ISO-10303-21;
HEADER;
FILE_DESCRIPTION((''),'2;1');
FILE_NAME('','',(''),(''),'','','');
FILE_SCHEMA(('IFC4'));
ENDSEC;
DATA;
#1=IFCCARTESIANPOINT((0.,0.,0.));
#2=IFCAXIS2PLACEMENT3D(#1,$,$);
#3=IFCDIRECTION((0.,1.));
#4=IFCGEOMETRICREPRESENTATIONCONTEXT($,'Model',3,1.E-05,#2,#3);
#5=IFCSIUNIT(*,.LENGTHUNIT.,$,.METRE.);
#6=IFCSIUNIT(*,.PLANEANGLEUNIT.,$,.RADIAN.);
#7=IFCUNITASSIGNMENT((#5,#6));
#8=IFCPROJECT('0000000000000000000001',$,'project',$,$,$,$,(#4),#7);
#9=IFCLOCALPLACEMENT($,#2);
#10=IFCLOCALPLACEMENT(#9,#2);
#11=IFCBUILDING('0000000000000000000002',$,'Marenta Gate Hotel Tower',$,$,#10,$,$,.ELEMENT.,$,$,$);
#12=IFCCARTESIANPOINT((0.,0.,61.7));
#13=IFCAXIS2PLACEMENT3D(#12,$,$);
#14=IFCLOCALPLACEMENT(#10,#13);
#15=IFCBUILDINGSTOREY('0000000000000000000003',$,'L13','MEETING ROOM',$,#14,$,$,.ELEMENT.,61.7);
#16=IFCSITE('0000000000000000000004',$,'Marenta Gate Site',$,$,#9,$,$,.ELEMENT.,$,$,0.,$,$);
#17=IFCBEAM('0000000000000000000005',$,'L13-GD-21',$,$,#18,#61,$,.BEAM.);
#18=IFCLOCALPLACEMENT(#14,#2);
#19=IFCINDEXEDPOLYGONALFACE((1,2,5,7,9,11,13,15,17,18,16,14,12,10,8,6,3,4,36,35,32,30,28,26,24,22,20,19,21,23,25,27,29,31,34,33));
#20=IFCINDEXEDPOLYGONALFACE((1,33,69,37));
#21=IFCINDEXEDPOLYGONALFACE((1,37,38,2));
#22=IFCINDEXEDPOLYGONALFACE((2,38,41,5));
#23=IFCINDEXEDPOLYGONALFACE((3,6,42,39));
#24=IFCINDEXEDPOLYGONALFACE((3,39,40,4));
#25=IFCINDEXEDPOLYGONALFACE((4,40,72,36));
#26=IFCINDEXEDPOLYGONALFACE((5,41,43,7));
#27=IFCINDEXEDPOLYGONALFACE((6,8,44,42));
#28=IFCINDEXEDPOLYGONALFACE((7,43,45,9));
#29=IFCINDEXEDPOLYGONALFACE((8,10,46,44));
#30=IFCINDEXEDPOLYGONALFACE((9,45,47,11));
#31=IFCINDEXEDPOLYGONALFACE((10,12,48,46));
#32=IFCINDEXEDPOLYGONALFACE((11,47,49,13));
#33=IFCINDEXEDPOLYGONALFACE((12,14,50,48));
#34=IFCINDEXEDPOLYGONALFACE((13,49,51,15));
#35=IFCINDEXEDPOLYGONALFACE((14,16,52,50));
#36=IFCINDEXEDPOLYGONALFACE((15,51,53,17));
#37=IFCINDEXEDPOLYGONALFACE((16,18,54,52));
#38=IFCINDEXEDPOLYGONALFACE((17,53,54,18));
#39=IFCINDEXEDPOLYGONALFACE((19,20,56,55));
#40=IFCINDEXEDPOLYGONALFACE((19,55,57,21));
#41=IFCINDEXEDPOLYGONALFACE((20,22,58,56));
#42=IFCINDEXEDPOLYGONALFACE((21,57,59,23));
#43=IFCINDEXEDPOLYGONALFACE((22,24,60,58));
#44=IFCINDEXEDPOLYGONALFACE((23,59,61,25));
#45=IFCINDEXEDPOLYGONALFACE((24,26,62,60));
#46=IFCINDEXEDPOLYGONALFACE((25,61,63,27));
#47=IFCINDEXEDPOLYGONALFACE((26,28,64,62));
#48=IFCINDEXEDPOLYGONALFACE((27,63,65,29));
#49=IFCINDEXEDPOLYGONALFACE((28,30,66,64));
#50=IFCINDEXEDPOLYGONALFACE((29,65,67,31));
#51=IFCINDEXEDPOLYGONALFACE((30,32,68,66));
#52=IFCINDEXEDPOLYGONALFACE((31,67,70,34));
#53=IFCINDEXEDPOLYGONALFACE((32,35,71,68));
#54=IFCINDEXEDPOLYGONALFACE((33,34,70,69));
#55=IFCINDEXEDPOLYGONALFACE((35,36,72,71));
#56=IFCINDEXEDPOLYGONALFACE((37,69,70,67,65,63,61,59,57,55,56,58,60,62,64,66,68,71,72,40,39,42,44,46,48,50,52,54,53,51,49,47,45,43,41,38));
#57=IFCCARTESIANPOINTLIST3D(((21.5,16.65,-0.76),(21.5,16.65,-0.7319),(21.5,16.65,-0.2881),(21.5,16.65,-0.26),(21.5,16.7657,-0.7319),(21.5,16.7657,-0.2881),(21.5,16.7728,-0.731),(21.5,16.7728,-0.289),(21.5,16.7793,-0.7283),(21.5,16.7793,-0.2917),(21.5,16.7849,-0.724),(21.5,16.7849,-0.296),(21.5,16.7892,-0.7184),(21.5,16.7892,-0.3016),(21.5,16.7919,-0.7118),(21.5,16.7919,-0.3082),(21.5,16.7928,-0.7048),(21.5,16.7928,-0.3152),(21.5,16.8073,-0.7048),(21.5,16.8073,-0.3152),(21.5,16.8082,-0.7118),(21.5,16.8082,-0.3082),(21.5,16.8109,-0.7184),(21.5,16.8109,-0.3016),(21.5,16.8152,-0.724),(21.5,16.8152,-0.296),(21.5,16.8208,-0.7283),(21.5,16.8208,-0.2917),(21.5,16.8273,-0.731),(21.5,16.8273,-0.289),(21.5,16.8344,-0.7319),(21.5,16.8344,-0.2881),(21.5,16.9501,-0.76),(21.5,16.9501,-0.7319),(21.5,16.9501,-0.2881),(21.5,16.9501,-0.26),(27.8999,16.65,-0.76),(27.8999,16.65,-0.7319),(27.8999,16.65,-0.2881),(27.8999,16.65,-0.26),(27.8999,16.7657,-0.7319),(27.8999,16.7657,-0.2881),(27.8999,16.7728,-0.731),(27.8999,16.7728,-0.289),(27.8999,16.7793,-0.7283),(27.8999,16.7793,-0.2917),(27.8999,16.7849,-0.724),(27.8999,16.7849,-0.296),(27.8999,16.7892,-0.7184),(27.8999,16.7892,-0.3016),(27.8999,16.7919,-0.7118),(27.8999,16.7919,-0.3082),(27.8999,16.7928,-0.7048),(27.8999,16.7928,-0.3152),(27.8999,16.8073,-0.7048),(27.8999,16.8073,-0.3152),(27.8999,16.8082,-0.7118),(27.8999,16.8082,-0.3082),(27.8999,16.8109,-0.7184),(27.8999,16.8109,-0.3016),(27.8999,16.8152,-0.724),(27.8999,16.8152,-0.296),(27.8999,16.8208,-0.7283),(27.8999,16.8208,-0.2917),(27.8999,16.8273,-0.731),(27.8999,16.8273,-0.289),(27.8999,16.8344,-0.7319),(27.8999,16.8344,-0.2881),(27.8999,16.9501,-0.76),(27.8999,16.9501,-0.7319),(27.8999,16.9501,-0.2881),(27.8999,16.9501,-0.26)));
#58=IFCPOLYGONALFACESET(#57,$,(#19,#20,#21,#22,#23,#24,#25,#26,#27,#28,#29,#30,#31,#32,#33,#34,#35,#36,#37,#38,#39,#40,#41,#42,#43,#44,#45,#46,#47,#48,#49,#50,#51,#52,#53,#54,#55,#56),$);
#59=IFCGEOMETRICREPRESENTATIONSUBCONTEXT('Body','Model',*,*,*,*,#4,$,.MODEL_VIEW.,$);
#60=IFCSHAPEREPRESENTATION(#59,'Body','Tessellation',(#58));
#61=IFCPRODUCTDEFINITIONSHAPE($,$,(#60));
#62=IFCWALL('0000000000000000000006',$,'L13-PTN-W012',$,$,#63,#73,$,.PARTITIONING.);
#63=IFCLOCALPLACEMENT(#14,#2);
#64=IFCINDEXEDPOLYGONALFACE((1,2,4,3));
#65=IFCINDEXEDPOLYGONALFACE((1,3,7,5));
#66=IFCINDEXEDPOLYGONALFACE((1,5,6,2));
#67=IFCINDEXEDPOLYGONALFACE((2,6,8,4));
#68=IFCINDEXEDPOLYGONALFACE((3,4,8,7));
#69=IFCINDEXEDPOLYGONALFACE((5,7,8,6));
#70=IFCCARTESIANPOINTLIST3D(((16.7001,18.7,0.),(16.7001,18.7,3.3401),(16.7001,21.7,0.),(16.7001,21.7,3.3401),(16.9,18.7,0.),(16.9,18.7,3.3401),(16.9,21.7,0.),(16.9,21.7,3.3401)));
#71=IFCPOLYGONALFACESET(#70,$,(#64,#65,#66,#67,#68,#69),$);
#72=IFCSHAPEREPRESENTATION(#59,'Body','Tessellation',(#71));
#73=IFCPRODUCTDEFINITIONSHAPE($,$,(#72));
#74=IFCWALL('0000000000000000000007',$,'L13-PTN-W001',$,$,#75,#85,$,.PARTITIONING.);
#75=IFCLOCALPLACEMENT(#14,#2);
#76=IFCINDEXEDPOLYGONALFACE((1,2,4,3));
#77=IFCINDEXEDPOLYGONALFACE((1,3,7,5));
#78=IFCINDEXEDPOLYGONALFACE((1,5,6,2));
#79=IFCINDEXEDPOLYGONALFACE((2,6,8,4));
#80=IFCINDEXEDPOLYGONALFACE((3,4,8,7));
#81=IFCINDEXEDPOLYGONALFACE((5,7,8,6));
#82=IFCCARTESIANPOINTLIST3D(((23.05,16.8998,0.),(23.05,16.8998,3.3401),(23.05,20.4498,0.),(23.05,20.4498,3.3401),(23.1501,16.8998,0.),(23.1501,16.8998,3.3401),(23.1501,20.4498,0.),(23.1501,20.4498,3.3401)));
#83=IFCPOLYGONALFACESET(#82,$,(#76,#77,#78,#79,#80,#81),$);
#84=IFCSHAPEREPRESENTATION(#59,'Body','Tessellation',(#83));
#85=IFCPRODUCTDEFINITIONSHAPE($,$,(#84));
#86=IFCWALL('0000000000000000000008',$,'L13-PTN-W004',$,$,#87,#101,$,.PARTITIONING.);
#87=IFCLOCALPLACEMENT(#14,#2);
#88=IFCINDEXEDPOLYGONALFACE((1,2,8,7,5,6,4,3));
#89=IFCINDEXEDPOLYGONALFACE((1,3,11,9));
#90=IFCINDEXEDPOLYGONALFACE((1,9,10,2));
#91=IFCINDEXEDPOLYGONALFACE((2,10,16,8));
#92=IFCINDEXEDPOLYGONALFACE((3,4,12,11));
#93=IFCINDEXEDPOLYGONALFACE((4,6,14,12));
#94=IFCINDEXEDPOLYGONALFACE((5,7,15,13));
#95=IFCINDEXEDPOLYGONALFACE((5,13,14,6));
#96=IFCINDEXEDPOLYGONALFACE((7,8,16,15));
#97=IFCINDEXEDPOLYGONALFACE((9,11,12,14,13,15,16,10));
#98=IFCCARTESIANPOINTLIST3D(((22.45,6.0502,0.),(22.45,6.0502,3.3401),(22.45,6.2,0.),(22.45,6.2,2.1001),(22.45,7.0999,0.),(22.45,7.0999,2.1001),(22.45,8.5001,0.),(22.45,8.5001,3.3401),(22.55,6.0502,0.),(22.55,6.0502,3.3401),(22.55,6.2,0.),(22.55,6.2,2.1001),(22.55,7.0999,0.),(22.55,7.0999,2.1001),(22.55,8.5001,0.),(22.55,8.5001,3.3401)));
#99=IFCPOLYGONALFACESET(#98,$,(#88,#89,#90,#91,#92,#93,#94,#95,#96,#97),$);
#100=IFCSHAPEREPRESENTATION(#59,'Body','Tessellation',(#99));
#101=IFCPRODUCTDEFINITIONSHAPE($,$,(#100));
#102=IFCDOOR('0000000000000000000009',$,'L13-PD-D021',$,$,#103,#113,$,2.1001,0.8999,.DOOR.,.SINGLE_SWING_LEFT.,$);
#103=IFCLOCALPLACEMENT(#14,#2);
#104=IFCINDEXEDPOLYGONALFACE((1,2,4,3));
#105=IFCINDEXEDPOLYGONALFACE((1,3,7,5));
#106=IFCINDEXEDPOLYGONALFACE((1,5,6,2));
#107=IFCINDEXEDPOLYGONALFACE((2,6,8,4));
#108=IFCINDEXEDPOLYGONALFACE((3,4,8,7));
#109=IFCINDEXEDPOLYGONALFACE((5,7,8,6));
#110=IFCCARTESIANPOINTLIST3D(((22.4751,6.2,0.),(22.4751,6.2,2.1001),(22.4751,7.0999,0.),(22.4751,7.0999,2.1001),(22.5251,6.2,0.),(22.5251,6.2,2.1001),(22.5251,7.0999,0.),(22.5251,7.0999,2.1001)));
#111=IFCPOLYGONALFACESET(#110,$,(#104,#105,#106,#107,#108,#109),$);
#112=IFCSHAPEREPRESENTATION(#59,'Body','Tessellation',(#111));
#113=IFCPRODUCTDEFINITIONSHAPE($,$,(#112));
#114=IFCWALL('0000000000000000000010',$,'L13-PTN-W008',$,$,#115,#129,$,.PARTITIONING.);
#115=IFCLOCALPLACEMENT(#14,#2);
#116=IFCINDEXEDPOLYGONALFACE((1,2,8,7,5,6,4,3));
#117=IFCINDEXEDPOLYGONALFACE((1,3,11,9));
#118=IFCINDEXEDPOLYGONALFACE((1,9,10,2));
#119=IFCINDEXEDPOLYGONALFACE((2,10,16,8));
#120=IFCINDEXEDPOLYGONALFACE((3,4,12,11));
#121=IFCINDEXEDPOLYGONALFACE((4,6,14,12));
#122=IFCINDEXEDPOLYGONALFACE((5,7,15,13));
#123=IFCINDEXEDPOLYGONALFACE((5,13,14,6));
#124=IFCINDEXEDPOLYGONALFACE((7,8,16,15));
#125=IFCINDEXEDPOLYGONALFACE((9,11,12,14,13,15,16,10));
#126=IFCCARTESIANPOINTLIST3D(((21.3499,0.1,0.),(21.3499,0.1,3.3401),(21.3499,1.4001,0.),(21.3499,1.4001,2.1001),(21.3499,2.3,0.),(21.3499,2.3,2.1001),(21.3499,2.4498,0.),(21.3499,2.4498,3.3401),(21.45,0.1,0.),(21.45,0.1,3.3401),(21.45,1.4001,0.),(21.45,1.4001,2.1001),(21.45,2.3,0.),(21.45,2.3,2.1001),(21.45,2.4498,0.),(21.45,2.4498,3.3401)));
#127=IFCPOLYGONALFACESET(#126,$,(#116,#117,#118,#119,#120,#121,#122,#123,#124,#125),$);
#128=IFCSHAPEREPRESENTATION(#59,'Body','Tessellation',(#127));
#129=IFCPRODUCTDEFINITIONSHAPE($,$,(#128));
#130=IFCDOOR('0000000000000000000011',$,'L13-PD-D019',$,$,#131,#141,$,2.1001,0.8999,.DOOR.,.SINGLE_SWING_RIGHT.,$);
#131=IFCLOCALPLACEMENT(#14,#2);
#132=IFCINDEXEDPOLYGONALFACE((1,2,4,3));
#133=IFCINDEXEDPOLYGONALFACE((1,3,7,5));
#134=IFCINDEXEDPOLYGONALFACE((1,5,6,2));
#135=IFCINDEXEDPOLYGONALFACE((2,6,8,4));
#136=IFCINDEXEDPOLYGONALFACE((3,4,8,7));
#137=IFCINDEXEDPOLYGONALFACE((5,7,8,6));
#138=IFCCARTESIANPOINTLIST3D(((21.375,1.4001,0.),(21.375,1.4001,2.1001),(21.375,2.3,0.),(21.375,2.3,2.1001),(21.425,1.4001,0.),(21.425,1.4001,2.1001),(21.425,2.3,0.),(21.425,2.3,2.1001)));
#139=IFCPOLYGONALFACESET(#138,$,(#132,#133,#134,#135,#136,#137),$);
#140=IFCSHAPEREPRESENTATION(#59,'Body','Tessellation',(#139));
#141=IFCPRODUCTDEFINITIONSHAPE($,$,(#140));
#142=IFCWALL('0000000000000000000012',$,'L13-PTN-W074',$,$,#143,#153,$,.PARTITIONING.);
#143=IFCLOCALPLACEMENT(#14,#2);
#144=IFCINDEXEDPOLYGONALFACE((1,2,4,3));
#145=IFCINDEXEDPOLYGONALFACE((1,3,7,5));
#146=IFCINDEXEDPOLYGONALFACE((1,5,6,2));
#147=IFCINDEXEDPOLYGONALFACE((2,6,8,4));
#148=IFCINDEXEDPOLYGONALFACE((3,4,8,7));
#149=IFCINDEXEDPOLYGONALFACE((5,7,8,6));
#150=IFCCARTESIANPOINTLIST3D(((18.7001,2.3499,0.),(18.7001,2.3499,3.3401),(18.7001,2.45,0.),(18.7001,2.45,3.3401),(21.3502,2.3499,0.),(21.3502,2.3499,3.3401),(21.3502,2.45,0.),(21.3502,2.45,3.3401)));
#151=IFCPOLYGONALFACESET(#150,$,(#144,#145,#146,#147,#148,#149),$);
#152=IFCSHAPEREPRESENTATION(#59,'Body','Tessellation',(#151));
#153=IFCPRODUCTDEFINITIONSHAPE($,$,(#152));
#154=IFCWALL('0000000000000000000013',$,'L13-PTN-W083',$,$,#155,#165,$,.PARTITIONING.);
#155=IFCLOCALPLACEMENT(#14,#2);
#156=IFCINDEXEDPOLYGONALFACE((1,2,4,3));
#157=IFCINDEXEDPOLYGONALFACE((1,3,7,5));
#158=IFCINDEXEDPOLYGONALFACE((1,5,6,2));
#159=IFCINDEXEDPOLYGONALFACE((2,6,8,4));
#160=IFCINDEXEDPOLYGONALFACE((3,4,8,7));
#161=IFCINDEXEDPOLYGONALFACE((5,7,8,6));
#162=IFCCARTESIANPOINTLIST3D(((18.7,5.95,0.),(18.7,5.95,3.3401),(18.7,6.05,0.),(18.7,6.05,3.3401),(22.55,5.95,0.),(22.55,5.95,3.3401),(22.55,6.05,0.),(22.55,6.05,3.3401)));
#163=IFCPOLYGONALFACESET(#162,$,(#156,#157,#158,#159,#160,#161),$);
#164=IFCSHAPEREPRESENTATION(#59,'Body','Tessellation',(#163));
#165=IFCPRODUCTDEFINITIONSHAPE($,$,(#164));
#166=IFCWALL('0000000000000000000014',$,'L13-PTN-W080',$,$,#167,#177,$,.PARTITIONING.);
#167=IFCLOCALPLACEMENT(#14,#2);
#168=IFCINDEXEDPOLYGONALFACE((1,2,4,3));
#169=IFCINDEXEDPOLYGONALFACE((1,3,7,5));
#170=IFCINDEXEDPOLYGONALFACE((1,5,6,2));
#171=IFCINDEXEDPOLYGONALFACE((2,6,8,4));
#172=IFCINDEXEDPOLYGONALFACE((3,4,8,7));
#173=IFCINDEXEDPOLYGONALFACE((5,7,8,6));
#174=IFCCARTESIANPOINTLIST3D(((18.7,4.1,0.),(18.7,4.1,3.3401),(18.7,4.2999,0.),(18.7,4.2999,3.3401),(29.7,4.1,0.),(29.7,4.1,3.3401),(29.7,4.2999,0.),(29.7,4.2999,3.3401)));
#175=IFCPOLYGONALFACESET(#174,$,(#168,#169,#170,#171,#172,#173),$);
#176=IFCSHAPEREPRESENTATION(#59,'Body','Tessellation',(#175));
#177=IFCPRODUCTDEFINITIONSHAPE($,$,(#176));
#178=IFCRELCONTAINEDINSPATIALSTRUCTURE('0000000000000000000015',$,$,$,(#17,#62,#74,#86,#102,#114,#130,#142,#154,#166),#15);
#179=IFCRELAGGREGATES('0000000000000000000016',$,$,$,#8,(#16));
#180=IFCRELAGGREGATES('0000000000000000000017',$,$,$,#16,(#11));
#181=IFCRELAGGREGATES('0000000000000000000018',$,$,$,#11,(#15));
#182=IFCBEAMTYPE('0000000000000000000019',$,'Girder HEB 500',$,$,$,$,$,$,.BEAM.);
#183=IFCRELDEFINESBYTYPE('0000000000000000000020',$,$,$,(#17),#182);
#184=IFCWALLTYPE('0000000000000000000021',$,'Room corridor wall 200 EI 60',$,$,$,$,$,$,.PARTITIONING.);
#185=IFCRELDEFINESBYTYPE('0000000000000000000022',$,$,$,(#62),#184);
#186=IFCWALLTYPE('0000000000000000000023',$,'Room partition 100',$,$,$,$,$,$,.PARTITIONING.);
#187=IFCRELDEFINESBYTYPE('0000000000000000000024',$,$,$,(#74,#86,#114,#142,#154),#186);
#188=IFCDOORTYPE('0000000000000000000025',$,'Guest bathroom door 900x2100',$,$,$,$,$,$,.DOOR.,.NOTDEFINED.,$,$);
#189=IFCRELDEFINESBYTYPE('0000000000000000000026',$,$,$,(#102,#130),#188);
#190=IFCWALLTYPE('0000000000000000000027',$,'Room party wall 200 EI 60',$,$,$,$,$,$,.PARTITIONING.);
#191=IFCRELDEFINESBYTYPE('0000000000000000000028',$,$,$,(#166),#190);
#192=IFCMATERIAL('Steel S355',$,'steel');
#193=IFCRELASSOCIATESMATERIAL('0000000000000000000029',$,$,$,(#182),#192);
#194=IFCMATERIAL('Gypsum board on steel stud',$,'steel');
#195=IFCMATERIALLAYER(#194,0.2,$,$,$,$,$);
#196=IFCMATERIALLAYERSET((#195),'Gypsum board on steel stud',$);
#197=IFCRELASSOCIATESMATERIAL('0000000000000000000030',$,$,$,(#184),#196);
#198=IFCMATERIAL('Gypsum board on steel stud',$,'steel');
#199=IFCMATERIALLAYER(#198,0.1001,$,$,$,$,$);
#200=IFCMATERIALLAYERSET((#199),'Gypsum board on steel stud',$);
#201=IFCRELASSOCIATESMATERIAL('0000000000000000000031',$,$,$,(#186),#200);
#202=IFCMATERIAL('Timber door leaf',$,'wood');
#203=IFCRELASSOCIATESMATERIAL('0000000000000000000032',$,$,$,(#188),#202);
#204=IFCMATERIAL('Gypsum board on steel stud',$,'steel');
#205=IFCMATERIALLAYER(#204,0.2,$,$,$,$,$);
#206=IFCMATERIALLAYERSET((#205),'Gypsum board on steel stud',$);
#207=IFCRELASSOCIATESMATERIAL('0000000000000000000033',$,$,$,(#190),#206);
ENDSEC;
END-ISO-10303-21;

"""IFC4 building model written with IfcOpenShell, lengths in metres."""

from ifc_helpers import new_model, si_unit, direction, frame, frame_2d, origin, origin_2d, place, context, subcontext, project, spatial, rectangle, i_section, extrude, material, layer, layer_set, material_profile, profile_set, type_object, element, fill, save


model = new_model("IFC4")

# Units and contexts
model_context = context("Model", 3, precision=1e-05, world=origin(), true_north=direction((0.0, 1.0)))
body_context = subcontext(model_context, "Body", "Model", "MODEL_VIEW")
ifc_project = project(units=[si_unit("LENGTHUNIT", "METRE"), si_unit("PLANEANGLEUNIT", "RADIAN")], contexts=[model_context])

# Site, building, storey
site_placement = place(None, origin())
site = spatial("IfcSite", under=ifc_project, at=site_placement, Name="Marenta Gate Site", CompositionType="ELEMENT", RefElevation=0.0)
building_placement = place(site_placement, origin())
building = spatial("IfcBuilding", under=site, at=building_placement, Name="Marenta Gate Hotel Tower", CompositionType="ELEMENT")
storey_placement = place(building_placement, frame((0.0, 0.0, 61.7)))
storey = spatial("IfcBuildingStorey", under=building, at=storey_placement, Name="L13", Description="MEETING ROOM", CompositionType="ELEMENT", Elevation=61.7)

# Beam
ifc_material_1 = material(Name="Steel S355", Category="steel")
ifc_material_profile_1 = material_profile(ifc_material_1, i_section(OverallWidth=0.3, OverallDepth=0.5, WebThickness=0.0144, FlangeThickness=0.0281, FilletRadius=0.0271, at=origin_2d()), Name="HEB 500")
ifc_profile_set_1 = profile_set([ifc_material_profile_1], Name="Steel S355")
beam_type_1 = type_object("IfcBeamType", Name="Girder HEB 500", PredefinedType="BEAM", material=ifc_profile_set_1)
beam_1_placement = place(storey_placement, frame((21.5, 16.8, -0.51), z_axis=(1.0, 0.0, 0.0), x_axis=(0.0, 1.0, 0.0)))
element("IfcBeam", 1, at=beam_1_placement, inside=storey, type_object=beam_type_1, Name="L13-GD-21", PredefinedType="BEAM", context=body_context, shape_type="SweptSolid", body=[
    extrude(i_section(OverallWidth=0.3, OverallDepth=0.5, WebThickness=0.0144, FlangeThickness=0.0281, FilletRadius=0.0271, at=origin_2d()), origin(), (0.0, 0.0, 1.0), 6.3999),
])

# Wall
ifc_material_2 = material(Name="Gypsum board on steel stud", Category="steel")
ifc_layer_1 = layer(ifc_material_2, 0.2)
ifc_layer_set_1 = layer_set([ifc_layer_1], Name="Gypsum board on steel stud")
wall_type_1 = type_object("IfcWallType", Name="Room corridor wall 200 EI 60", PredefinedType="PARTITIONING", material=ifc_layer_set_1)
wall_1_placement = place(storey_placement, frame((16.8, 18.7, 0.0), z_axis=(0.0, 0.0, 1.0), x_axis=(0.0, 1.0, 0.0)))
element("IfcWall", 2, at=wall_1_placement, inside=storey, type_object=wall_type_1, Name="L13-PTN-W012", PredefinedType="PARTITIONING", context=body_context, shape_type="SweptSolid", body=[
    extrude(rectangle(XDim=3.0, YDim=0.2, at=frame_2d((1.5, 0.0))), origin(), (0.0, 0.0, 1.0), 3.3401),
])

# Wall
ifc_material_3 = material(Name="Gypsum board on steel stud", Category="steel")
ifc_layer_2 = layer(ifc_material_3, 0.1001)
ifc_layer_set_2 = layer_set([ifc_layer_2], Name="Gypsum board on steel stud")
wall_type_2 = type_object("IfcWallType", Name="Room partition 100", PredefinedType="PARTITIONING", material=ifc_layer_set_2)
wall_2_placement = place(storey_placement, frame((23.1001, 16.8999, 0.0), z_axis=(0.0, 0.0, 1.0), x_axis=(0.0, 1.0, 0.0)))
element("IfcWall", 3, at=wall_2_placement, inside=storey, type_object=wall_type_2, Name="L13-PTN-W001", PredefinedType="PARTITIONING", context=body_context, shape_type="SweptSolid", body=[
    extrude(rectangle(XDim=3.55, YDim=0.1001, at=frame_2d((1.7749, 0.0))), origin(), (0.0, 0.0, 1.0), 3.3401),
])

# Walls, openings, doors
wall_3_placement = place(storey_placement, frame((22.5, 6.05, 0.0), z_axis=(0.0, 0.0, 1.0), x_axis=(0.0, 1.0, 0.0)))
wall_3 = element("IfcWall", 4, at=wall_3_placement, inside=storey, type_object=wall_type_2, Name="L13-PTN-W004", PredefinedType="PARTITIONING", context=body_context, shape_type="SweptSolid", body=[
    extrude(rectangle(XDim=2.45, YDim=0.1001, at=frame_2d((1.2251, 0.0))), origin(), (0.0, 0.0, 1.0), 3.3401),
])
opening_1_placement = place(wall_3_placement, frame((0.1499, 0.0, 0.0)))
opening_1 = element("IfcOpeningElement", 5, at=opening_1_placement, cuts=wall_3, PredefinedType="OPENING", context=body_context, shape_type="SweptSolid", body=[
    extrude(rectangle(XDim=0.8999, YDim=2.1001, at=frame_2d((0.45, 1.05))), frame((0.0, 0.05, 0.0), z_axis=(0.0, -1.0, 0.0), x_axis=(1.0, 0.0, 0.0)), (0.0, 0.0, 1.0), 0.1001),
])
ifc_material_4 = material(Name="Timber door leaf", Category="wood")
door_type_1 = type_object("IfcDoorType", Name="Guest bathroom door 900x2100", OperationType="NOTDEFINED", PredefinedType="DOOR", material=ifc_material_4)
door_1_placement = place(opening_1_placement, origin())
door_1 = element("IfcDoor", 6, at=door_1_placement, inside=storey, type_object=door_type_1, Name="L13-PD-D021", OperationType="SINGLE_SWING_LEFT", OverallHeight=2.1001, OverallWidth=0.8999, PredefinedType="DOOR", context=body_context, shape_type="SweptSolid", body=[
    extrude(rectangle(XDim=0.8999, YDim=2.1001, at=frame_2d((0.45, 1.05))), frame((0.0, 0.0249, 0.0), z_axis=(0.0, -1.0, 0.0), x_axis=(1.0, 0.0, 0.0)), (0.0, 0.0, 1.0), 0.05),
])
fill(opening_1, door_1)
wall_4_placement = place(storey_placement, frame((21.3999, 0.1001, 0.0), z_axis=(0.0, 0.0, 1.0), x_axis=(0.0, 1.0, 0.0)))
wall_4 = element("IfcWall", 7, at=wall_4_placement, inside=storey, type_object=wall_type_2, Name="L13-PTN-W008", PredefinedType="PARTITIONING", context=body_context, shape_type="SweptSolid", body=[
    extrude(rectangle(XDim=2.3499, YDim=0.1001, at=frame_2d((1.1748, 0.0))), origin(), (0.0, 0.0, 1.0), 3.3401),
])
opening_2_placement = place(wall_4_placement, frame((1.3, 0.0, 0.0)))
opening_2 = element("IfcOpeningElement", 8, at=opening_2_placement, cuts=wall_4, PredefinedType="OPENING", context=body_context, shape_type="SweptSolid", body=[
    extrude(rectangle(XDim=0.8999, YDim=2.1001, at=frame_2d((0.45, 1.05))), frame((0.0, 0.05, 0.0), z_axis=(0.0, -1.0, 0.0), x_axis=(1.0, 0.0, 0.0)), (0.0, 0.0, 1.0), 0.1001),
])
door_2_placement = place(opening_2_placement, origin())
door_2 = element("IfcDoor", 9, at=door_2_placement, inside=storey, type_object=door_type_1, Name="L13-PD-D019", OperationType="SINGLE_SWING_RIGHT", OverallHeight=2.1001, OverallWidth=0.8999, PredefinedType="DOOR", context=body_context, shape_type="SweptSolid", body=[
    extrude(rectangle(XDim=0.8999, YDim=2.1001, at=frame_2d((0.45, 1.05))), frame((0.0, 0.0249, 0.0), z_axis=(0.0, -1.0, 0.0), x_axis=(1.0, 0.0, 0.0)), (0.0, 0.0, 1.0), 0.05),
])
fill(opening_2, door_2)

# Walls
wall_5_placement = place(storey_placement, frame((18.7, 2.3999, 0.0), z_axis=(0.0, 0.0, 1.0), x_axis=(1.0, 0.0, 0.0)))
element("IfcWall", 10, at=wall_5_placement, inside=storey, type_object=wall_type_2, Name="L13-PTN-W074", PredefinedType="PARTITIONING", context=body_context, shape_type="SweptSolid", body=[
    extrude(rectangle(XDim=2.6501, YDim=0.1001, at=frame_2d((1.3252, 0.0))), origin(), (0.0, 0.0, 1.0), 3.3401),
])
wall_6_placement = place(storey_placement, frame((18.7, 6.0, 0.0), z_axis=(0.0, 0.0, 1.0), x_axis=(1.0, 0.0, 0.0)))
element("IfcWall", 11, at=wall_6_placement, inside=storey, type_object=wall_type_2, Name="L13-PTN-W083", PredefinedType="PARTITIONING", context=body_context, shape_type="SweptSolid", body=[
    extrude(rectangle(XDim=3.8501, YDim=0.1001, at=frame_2d((1.925, 0.0))), origin(), (0.0, 0.0, 1.0), 3.3401),
])
ifc_material_5 = material(Name="Gypsum board on steel stud", Category="steel")
ifc_layer_3 = layer(ifc_material_5, 0.2)
ifc_layer_set_3 = layer_set([ifc_layer_3], Name="Gypsum board on steel stud")
wall_type_3 = type_object("IfcWallType", Name="Room party wall 200 EI 60", PredefinedType="PARTITIONING", material=ifc_layer_set_3)
wall_7_placement = place(storey_placement, frame((18.7, 4.2, 0.0), z_axis=(0.0, 0.0, 1.0), x_axis=(1.0, 0.0, 0.0)))
element("IfcWall", 12, at=wall_7_placement, inside=storey, type_object=wall_type_3, Name="L13-PTN-W080", PredefinedType="PARTITIONING", context=body_context, shape_type="SweptSolid", body=[
    extrude(rectangle(XDim=11.0, YDim=0.2, at=frame_2d((5.5, 0.0))), origin(), (0.0, 0.0, 1.0), 3.3401),
])

save(model, "model.ifc")
